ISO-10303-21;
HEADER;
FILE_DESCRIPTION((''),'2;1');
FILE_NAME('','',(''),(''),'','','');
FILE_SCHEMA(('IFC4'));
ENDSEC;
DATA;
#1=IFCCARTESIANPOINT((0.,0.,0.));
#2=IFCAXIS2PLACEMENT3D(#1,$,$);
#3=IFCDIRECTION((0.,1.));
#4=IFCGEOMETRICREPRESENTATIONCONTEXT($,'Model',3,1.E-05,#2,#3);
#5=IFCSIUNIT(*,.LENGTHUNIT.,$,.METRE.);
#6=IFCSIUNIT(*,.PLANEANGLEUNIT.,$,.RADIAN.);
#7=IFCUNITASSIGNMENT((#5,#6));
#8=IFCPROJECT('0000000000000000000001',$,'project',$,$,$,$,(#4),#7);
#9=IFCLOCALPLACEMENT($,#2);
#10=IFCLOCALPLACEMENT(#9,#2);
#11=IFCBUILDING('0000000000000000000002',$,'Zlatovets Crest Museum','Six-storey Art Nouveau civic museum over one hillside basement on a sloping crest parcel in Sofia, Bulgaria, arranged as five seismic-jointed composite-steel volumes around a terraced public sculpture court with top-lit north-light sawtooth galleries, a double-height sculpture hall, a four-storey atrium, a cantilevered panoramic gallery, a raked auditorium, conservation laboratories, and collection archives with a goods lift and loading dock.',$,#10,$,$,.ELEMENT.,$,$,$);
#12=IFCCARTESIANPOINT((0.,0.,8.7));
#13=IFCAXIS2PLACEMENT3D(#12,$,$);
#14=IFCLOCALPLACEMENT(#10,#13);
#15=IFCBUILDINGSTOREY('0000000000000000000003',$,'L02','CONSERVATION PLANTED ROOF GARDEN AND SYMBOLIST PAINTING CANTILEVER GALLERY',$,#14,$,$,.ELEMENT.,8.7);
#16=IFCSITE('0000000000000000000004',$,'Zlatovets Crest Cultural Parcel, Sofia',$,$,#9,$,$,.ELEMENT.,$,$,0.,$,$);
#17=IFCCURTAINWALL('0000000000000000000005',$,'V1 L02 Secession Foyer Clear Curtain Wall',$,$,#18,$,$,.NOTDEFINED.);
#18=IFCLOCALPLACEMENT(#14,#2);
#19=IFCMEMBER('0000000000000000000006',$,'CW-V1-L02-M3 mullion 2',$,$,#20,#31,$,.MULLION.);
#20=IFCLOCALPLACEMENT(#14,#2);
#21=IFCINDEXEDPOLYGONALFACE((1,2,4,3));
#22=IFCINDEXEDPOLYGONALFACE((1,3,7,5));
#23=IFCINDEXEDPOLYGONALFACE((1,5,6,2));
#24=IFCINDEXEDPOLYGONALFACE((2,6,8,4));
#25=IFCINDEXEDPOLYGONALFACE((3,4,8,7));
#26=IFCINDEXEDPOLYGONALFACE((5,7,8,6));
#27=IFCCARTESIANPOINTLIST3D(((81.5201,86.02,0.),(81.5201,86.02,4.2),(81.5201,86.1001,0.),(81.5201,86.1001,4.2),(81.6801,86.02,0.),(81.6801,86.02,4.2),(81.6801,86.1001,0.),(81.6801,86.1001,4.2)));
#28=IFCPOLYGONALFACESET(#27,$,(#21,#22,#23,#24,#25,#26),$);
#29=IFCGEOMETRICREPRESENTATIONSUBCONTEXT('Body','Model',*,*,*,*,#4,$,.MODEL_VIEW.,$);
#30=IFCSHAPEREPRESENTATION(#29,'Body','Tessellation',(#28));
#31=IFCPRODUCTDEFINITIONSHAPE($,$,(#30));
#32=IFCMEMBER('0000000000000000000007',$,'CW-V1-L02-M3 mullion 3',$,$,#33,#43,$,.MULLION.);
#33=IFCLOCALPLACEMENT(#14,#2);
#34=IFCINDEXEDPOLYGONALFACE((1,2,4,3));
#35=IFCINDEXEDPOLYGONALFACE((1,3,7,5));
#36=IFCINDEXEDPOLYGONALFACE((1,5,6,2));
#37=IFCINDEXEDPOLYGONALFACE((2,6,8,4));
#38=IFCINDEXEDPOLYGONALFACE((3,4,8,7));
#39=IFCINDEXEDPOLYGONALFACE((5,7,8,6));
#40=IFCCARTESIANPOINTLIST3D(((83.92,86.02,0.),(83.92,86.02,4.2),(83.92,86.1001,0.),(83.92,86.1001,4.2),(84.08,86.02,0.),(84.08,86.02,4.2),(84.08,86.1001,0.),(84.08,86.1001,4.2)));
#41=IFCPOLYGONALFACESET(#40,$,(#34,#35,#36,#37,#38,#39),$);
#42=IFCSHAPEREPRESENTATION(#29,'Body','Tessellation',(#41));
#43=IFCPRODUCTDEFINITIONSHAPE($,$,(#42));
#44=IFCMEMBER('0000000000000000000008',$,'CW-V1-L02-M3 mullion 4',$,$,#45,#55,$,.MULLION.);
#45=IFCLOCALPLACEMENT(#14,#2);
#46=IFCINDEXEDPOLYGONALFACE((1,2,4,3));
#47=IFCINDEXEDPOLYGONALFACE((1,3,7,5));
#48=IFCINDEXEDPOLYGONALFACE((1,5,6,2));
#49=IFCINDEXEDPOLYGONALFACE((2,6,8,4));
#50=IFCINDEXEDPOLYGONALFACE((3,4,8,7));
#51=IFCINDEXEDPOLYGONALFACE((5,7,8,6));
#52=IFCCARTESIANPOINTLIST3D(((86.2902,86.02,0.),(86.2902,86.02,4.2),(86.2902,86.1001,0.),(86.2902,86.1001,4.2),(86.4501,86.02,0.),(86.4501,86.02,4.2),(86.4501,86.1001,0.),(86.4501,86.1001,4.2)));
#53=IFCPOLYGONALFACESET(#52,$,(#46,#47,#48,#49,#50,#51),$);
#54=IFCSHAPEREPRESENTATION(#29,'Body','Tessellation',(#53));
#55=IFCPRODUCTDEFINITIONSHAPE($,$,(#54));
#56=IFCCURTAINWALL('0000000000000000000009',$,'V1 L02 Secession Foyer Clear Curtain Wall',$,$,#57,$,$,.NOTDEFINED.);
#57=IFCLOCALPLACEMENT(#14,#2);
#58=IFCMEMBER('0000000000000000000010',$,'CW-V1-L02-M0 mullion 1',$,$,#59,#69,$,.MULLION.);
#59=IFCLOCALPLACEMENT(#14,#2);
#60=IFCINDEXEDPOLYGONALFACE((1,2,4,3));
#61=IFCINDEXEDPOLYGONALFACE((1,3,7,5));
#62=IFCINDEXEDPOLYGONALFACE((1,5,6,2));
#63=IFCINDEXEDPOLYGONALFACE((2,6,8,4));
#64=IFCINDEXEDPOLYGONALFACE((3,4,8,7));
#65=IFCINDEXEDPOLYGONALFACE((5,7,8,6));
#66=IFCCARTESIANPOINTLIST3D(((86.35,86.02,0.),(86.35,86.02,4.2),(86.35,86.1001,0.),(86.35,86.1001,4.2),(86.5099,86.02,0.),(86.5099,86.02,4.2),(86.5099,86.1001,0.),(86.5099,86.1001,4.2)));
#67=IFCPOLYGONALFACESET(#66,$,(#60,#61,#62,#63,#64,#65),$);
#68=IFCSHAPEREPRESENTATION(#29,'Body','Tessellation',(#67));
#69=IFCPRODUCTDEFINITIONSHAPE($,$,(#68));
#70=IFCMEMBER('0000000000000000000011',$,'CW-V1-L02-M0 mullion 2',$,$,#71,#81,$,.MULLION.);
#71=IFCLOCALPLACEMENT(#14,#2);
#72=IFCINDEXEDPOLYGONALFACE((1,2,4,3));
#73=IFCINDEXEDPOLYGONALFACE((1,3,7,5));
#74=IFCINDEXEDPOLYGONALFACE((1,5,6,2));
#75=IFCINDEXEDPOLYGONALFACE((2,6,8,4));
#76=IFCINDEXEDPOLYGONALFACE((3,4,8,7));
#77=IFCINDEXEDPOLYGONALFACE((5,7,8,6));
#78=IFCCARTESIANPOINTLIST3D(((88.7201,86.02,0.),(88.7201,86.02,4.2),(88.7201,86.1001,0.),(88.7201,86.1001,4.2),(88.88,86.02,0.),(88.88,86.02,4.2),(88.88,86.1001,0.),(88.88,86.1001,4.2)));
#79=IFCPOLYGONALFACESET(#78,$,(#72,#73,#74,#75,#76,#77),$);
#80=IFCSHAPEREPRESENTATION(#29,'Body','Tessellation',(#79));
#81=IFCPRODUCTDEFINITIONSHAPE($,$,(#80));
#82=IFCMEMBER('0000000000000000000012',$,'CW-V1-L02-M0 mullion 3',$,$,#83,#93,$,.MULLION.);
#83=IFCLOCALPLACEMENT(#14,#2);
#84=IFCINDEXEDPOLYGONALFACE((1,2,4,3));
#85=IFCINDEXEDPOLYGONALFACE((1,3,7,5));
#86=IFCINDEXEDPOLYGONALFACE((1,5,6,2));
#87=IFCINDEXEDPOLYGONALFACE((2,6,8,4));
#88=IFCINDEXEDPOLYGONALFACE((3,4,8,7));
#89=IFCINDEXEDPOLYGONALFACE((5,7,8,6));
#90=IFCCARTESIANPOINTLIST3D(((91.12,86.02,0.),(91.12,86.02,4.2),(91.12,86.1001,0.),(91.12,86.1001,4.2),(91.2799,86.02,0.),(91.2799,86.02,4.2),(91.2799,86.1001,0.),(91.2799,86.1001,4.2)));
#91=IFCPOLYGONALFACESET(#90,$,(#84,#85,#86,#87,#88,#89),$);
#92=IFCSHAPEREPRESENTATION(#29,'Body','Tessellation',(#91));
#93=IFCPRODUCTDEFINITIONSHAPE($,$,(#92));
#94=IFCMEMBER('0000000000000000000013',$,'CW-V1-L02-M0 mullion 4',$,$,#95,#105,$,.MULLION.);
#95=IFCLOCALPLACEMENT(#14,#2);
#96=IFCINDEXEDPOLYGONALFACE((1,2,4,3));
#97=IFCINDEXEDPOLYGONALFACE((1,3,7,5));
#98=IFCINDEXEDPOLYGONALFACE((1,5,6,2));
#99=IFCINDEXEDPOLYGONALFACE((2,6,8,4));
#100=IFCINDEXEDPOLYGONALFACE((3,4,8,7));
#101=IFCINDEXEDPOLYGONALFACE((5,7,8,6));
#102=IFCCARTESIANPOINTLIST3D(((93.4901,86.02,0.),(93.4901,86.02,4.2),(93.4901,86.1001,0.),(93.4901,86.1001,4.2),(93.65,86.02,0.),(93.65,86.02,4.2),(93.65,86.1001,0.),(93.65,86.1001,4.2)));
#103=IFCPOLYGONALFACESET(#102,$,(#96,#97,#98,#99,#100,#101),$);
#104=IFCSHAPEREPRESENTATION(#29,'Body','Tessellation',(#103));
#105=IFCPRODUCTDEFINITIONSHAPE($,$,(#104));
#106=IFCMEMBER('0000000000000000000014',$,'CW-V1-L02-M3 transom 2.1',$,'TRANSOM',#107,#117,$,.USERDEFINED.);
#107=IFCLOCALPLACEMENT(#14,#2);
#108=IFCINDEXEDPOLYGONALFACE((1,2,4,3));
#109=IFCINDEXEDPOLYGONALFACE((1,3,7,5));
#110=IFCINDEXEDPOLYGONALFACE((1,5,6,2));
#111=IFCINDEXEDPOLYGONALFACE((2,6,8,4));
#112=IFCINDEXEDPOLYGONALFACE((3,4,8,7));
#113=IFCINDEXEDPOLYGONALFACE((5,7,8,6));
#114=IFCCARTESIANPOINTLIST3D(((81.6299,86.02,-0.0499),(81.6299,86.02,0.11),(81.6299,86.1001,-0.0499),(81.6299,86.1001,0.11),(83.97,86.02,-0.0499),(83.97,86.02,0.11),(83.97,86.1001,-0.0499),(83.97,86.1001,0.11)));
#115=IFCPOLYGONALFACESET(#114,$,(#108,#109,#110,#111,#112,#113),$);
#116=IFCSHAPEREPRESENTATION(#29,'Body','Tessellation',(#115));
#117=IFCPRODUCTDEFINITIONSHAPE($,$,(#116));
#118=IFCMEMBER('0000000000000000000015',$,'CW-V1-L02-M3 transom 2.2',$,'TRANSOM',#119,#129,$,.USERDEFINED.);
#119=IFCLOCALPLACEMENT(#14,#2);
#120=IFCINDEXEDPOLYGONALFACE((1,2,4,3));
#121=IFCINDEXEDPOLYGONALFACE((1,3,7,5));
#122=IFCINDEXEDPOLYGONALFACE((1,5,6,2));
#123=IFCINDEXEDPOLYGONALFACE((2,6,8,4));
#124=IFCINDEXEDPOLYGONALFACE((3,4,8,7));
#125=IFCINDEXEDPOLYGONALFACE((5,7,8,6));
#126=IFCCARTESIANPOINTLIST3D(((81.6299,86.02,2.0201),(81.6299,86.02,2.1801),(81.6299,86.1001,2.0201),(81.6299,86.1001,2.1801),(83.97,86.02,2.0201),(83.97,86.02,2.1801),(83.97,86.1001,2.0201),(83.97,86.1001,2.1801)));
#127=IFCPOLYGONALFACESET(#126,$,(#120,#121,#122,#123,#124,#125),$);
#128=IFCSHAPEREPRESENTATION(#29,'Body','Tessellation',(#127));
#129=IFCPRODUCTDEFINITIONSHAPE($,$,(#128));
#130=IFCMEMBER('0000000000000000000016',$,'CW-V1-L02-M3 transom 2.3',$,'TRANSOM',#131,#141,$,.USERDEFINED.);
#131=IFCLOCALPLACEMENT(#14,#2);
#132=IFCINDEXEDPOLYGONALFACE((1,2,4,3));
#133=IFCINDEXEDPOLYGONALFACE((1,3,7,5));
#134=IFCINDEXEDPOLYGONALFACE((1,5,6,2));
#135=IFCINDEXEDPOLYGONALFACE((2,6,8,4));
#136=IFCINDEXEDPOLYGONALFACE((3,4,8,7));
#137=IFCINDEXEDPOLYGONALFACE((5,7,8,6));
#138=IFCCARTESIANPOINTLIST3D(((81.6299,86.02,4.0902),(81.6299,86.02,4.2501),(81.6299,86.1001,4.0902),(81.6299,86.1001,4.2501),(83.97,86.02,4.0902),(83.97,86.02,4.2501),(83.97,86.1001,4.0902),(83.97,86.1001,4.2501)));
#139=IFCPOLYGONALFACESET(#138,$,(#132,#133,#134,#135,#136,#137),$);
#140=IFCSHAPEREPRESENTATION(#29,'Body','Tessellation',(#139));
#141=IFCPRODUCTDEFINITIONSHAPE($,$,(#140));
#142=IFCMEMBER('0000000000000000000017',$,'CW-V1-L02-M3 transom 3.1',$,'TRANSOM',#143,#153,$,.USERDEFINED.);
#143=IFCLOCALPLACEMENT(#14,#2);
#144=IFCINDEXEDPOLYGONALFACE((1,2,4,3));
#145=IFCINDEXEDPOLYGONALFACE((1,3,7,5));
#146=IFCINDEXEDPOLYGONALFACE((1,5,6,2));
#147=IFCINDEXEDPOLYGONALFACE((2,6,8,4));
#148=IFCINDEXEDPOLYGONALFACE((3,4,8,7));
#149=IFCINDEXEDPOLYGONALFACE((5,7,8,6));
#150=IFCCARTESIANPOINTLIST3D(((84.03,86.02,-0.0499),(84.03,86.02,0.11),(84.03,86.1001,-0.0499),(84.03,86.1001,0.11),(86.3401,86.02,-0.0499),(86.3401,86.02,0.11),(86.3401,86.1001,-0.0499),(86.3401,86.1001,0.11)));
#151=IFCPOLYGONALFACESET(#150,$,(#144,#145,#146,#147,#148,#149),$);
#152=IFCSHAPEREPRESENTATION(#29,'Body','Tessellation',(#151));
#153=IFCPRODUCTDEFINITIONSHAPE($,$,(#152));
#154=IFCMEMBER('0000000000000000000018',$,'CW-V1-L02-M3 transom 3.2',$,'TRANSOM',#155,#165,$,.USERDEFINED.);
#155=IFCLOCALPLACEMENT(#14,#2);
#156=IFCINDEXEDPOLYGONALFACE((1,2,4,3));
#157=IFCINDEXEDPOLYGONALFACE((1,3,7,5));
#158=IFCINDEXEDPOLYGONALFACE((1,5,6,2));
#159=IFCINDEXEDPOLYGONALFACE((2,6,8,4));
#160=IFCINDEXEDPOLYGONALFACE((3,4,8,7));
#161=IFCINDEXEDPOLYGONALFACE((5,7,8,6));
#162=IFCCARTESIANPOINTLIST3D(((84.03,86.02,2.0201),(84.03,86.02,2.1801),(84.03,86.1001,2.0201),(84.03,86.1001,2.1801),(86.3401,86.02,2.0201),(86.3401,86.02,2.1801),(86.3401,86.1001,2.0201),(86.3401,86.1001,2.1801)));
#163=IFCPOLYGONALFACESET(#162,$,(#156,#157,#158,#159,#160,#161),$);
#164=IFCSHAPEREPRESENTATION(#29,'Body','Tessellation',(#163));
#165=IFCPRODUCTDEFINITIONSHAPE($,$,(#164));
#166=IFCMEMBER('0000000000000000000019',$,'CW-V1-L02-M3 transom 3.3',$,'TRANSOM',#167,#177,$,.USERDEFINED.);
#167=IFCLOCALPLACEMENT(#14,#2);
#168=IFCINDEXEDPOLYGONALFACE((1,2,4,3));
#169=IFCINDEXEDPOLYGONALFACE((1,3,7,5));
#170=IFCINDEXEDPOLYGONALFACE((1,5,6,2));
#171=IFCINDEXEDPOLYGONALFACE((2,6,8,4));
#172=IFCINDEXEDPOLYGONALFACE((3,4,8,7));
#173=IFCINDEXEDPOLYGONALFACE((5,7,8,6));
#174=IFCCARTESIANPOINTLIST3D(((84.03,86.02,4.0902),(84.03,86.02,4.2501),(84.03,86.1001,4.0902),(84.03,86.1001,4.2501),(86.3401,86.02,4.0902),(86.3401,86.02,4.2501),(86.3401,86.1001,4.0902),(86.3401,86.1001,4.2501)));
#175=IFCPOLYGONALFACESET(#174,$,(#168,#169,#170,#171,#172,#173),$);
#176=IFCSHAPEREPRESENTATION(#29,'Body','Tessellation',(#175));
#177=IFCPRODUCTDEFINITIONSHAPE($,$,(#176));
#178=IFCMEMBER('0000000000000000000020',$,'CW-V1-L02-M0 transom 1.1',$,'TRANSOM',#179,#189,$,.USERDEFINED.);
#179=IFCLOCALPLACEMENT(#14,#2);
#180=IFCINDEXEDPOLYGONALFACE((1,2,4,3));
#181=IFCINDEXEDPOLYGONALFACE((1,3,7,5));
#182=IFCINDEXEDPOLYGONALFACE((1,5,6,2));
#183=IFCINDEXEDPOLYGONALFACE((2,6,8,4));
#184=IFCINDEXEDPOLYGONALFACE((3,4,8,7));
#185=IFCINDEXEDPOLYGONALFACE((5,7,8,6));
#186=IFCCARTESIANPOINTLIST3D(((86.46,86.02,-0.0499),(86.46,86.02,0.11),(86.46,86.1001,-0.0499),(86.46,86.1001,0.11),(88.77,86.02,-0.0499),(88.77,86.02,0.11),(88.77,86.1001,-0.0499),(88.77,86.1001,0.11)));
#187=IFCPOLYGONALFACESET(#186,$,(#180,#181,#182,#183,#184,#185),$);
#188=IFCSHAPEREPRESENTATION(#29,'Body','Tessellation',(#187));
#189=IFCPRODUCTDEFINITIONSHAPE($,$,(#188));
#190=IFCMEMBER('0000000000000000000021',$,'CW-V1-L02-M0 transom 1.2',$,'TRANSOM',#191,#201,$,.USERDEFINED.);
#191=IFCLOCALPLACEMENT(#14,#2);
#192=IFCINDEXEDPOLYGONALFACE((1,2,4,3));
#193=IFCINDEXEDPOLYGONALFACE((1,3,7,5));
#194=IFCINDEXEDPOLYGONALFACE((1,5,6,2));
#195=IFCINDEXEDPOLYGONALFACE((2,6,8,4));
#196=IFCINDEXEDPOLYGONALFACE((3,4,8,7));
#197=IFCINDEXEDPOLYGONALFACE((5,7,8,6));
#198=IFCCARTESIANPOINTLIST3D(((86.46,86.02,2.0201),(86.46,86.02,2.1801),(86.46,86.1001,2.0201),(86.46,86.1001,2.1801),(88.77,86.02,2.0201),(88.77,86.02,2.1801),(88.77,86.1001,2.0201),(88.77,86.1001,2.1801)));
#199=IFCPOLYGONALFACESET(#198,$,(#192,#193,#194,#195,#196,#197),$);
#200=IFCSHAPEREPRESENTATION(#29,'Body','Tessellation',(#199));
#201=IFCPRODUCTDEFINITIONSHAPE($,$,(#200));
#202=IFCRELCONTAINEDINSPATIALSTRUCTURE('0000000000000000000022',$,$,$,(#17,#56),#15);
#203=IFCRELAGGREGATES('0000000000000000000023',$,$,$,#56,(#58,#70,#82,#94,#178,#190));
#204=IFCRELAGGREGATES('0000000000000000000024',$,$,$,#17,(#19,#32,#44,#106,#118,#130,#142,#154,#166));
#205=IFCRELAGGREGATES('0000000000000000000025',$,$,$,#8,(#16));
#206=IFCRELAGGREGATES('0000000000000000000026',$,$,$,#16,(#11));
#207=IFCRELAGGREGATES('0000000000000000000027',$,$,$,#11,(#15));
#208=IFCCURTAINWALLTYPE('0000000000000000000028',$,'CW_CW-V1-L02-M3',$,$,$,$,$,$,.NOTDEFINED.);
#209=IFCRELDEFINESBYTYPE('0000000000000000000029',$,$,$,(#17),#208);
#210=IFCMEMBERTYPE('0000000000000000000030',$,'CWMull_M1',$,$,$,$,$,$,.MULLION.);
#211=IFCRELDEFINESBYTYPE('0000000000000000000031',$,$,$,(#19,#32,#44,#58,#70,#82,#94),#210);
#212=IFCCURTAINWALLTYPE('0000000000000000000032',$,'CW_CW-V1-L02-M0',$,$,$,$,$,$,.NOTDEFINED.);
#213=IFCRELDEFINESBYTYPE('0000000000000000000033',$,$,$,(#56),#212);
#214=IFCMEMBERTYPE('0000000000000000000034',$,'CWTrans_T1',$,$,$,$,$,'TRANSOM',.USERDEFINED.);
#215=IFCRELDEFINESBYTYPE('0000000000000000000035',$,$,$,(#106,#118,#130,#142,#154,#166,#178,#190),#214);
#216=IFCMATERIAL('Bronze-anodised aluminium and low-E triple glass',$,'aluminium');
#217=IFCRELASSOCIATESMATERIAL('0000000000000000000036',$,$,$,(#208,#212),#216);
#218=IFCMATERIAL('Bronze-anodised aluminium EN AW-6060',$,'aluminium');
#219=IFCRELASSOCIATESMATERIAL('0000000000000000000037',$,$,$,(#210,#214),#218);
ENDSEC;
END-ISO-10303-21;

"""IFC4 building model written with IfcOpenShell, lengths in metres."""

from ifc_helpers import new_model, si_unit, direction, frame, origin, origin_2d, place, context, subcontext, project, spatial, rectangle, extrude, material, material_profile, profile_set, type_object, element, aggregate, save


model = new_model("IFC4")

# Units and contexts
model_context = context("Model", 3, precision=1e-05, world=origin(), true_north=direction((0.0, 1.0)))
body_context = subcontext(model_context, "Body", "Model", "MODEL_VIEW")
ifc_project = project(units=[si_unit("LENGTHUNIT", "METRE"), si_unit("PLANEANGLEUNIT", "RADIAN")], contexts=[model_context])

# Site, building, storey
site_placement = place(None, origin())
site = spatial("IfcSite", under=ifc_project, at=site_placement, Name="Zlatovets Crest Cultural Parcel, Sofia", CompositionType="ELEMENT", RefElevation=0.0)
building_placement = place(site_placement, origin())
building = spatial("IfcBuilding", under=site, at=building_placement, Name="Zlatovets Crest Museum", Description="Six-storey Art Nouveau civic museum over one hillside basement on a sloping crest parcel in Sofia, Bulgaria, arranged as five seismic-jointed composite-steel volumes around a terraced public sculpture court with top-lit north-light sawtooth galleries, a double-height sculpture hall, a four-storey atrium, a cantilevered panoramic gallery, a raked auditorium, conservation laboratories, and collection archives with a goods lift and loading dock.", CompositionType="ELEMENT")
storey_placement = place(building_placement, frame((0.0, 0.0, 8.7)))
storey = spatial("IfcBuildingStorey", under=building, at=storey_placement, Name="L02", Description="CONSERVATION PLANTED ROOF GARDEN AND SYMBOLIST PAINTING CANTILEVER GALLERY", CompositionType="ELEMENT", Elevation=8.7)

# Curtain walls, members
ifc_material_1 = material(Name="Bronze-anodised aluminium and low-E triple glass", Category="aluminium")
curtain_wall_type_1 = type_object("IfcCurtainWallType", Name="CW_CW-V1-L02-M3", PredefinedType="NOTDEFINED", material=ifc_material_1)
curtain_wall_1_placement = place(storey_placement, origin())
curtain_wall_1 = element("IfcCurtainWall", 1, at=curtain_wall_1_placement, inside=storey, type_object=curtain_wall_type_1, Name="V1 L02 Secession Foyer Clear Curtain Wall", PredefinedType="NOTDEFINED")
ifc_material_2 = material(Name="Bronze-anodised aluminium EN AW-6060", Category="aluminium")
ifc_material_profile_1 = material_profile(ifc_material_2, rectangle(XDim=0.0801, YDim=0.1599, at=origin_2d()), Name="ALU 80x160")
ifc_profile_set_1 = profile_set([ifc_material_profile_1], Name="Bronze-anodised aluminium EN AW-6060")
member_type_1 = type_object("IfcMemberType", Name="CWMull_M1", PredefinedType="MULLION", material=ifc_profile_set_1)
member_1_placement = place(storey_placement, frame((81.6001, 86.0601, 0.0), z_axis=(0.0, 0.0, 1.0), x_axis=(0.0, 1.0, 0.0)))
member_1 = element("IfcMember", 2, at=member_1_placement, type_object=member_type_1, Name="CW-V1-L02-M3 mullion 2", PredefinedType="MULLION", context=body_context, shape_type="SweptSolid", body=[
    extrude(rectangle(XDim=0.0801, YDim=0.1599, at=origin_2d()), origin(), (0.0, 0.0, 1.0), 4.2),
])
member_2_placement = place(storey_placement, frame((84.0, 86.0601, 0.0), z_axis=(0.0, 0.0, 1.0), x_axis=(0.0, 1.0, 0.0)))
member_2 = element("IfcMember", 3, at=member_2_placement, type_object=member_type_1, Name="CW-V1-L02-M3 mullion 3", PredefinedType="MULLION", context=body_context, shape_type="SweptSolid", body=[
    extrude(rectangle(XDim=0.0801, YDim=0.1599, at=origin_2d()), origin(), (0.0, 0.0, 1.0), 4.2),
])
member_3_placement = place(storey_placement, frame((86.3701, 86.0601, 0.0), z_axis=(0.0, 0.0, 1.0), x_axis=(0.0, 1.0, 0.0)))
member_3 = element("IfcMember", 4, at=member_3_placement, type_object=member_type_1, Name="CW-V1-L02-M3 mullion 4", PredefinedType="MULLION", context=body_context, shape_type="SweptSolid", body=[
    extrude(rectangle(XDim=0.0801, YDim=0.1599, at=origin_2d()), origin(), (0.0, 0.0, 1.0), 4.2),
])
curtain_wall_type_2 = type_object("IfcCurtainWallType", Name="CW_CW-V1-L02-M0", PredefinedType="NOTDEFINED", material=ifc_material_1)
curtain_wall_2_placement = place(storey_placement, origin())
curtain_wall_2 = element("IfcCurtainWall", 5, at=curtain_wall_2_placement, inside=storey, type_object=curtain_wall_type_2, Name="V1 L02 Secession Foyer Clear Curtain Wall", PredefinedType="NOTDEFINED")
member_4_placement = place(storey_placement, frame((86.4299, 86.0601, 0.0), z_axis=(0.0, 0.0, 1.0), x_axis=(0.0, 1.0, 0.0)))
member_4 = element("IfcMember", 6, at=member_4_placement, type_object=member_type_1, Name="CW-V1-L02-M0 mullion 1", PredefinedType="MULLION", context=body_context, shape_type="SweptSolid", body=[
    extrude(rectangle(XDim=0.0801, YDim=0.1599, at=origin_2d()), origin(), (0.0, 0.0, 1.0), 4.2),
])
member_5_placement = place(storey_placement, frame((88.8, 86.0601, 0.0), z_axis=(0.0, 0.0, 1.0), x_axis=(0.0, 1.0, 0.0)))
member_5 = element("IfcMember", 7, at=member_5_placement, type_object=member_type_1, Name="CW-V1-L02-M0 mullion 2", PredefinedType="MULLION", context=body_context, shape_type="SweptSolid", body=[
    extrude(rectangle(XDim=0.0801, YDim=0.1599, at=origin_2d()), origin(), (0.0, 0.0, 1.0), 4.2),
])
member_6_placement = place(storey_placement, frame((91.2, 86.0601, 0.0), z_axis=(0.0, 0.0, 1.0), x_axis=(0.0, 1.0, 0.0)))
member_6 = element("IfcMember", 8, at=member_6_placement, type_object=member_type_1, Name="CW-V1-L02-M0 mullion 3", PredefinedType="MULLION", context=body_context, shape_type="SweptSolid", body=[
    extrude(rectangle(XDim=0.0801, YDim=0.1599, at=origin_2d()), origin(), (0.0, 0.0, 1.0), 4.2),
])
member_7_placement = place(storey_placement, frame((93.5701, 86.0601, 0.0), z_axis=(0.0, 0.0, 1.0), x_axis=(0.0, 1.0, 0.0)))
member_7 = element("IfcMember", 9, at=member_7_placement, type_object=member_type_1, Name="CW-V1-L02-M0 mullion 4", PredefinedType="MULLION", context=body_context, shape_type="SweptSolid", body=[
    extrude(rectangle(XDim=0.0801, YDim=0.1599, at=origin_2d()), origin(), (0.0, 0.0, 1.0), 4.2),
])

# Members
ifc_material_profile_2 = material_profile(ifc_material_2, rectangle(XDim=0.0801, YDim=0.1599, at=origin_2d()), Name="ALU 80x160")
ifc_profile_set_2 = profile_set([ifc_material_profile_2], Name="Bronze-anodised aluminium EN AW-6060")
member_type_2 = type_object("IfcMemberType", Name="CWTrans_T1", ElementType="TRANSOM", PredefinedType="USERDEFINED", material=ifc_profile_set_2)
member_8_placement = place(storey_placement, frame((81.6299, 86.0601, 0.03), z_axis=(1.0, 0.0, 0.0), x_axis=(0.0, 1.0, 0.0)))
member_8 = element("IfcMember", 10, at=member_8_placement, type_object=member_type_2, Name="CW-V1-L02-M3 transom 2.1", ObjectType="TRANSOM", PredefinedType="USERDEFINED", context=body_context, shape_type="SweptSolid", body=[
    extrude(rectangle(XDim=0.0801, YDim=0.1599, at=origin_2d()), origin(), (0.0, 0.0, 1.0), 2.3401),
])
member_9_placement = place(storey_placement, frame((81.6299, 86.0601, 2.1001), z_axis=(1.0, 0.0, 0.0), x_axis=(0.0, 1.0, 0.0)))
member_9 = element("IfcMember", 11, at=member_9_placement, type_object=member_type_2, Name="CW-V1-L02-M3 transom 2.2", ObjectType="TRANSOM", PredefinedType="USERDEFINED", context=body_context, shape_type="SweptSolid", body=[
    extrude(rectangle(XDim=0.0801, YDim=0.1599, at=origin_2d()), origin(), (0.0, 0.0, 1.0), 2.3401),
])
member_10_placement = place(storey_placement, frame((81.6299, 86.0601, 4.1702), z_axis=(1.0, 0.0, 0.0), x_axis=(0.0, 1.0, 0.0)))
member_10 = element("IfcMember", 12, at=member_10_placement, type_object=member_type_2, Name="CW-V1-L02-M3 transom 2.3", ObjectType="TRANSOM", PredefinedType="USERDEFINED", context=body_context, shape_type="SweptSolid", body=[
    extrude(rectangle(XDim=0.0801, YDim=0.1599, at=origin_2d()), origin(), (0.0, 0.0, 1.0), 2.3401),
])
member_11_placement = place(storey_placement, frame((84.03, 86.0601, 0.03), z_axis=(1.0, 0.0, 0.0), x_axis=(0.0, 1.0, 0.0)))
member_11 = element("IfcMember", 13, at=member_11_placement, type_object=member_type_2, Name="CW-V1-L02-M3 transom 3.1", ObjectType="TRANSOM", PredefinedType="USERDEFINED", context=body_context, shape_type="SweptSolid", body=[
    extrude(rectangle(XDim=0.0801, YDim=0.1599, at=origin_2d()), origin(), (0.0, 0.0, 1.0), 2.3101),
])
member_12_placement = place(storey_placement, frame((84.03, 86.0601, 2.1001), z_axis=(1.0, 0.0, 0.0), x_axis=(0.0, 1.0, 0.0)))
member_12 = element("IfcMember", 14, at=member_12_placement, type_object=member_type_2, Name="CW-V1-L02-M3 transom 3.2", ObjectType="TRANSOM", PredefinedType="USERDEFINED", context=body_context, shape_type="SweptSolid", body=[
    extrude(rectangle(XDim=0.0801, YDim=0.1599, at=origin_2d()), origin(), (0.0, 0.0, 1.0), 2.3101),
])
member_13_placement = place(storey_placement, frame((84.03, 86.0601, 4.1702), z_axis=(1.0, 0.0, 0.0), x_axis=(0.0, 1.0, 0.0)))
member_13 = element("IfcMember", 15, at=member_13_placement, type_object=member_type_2, Name="CW-V1-L02-M3 transom 3.3", ObjectType="TRANSOM", PredefinedType="USERDEFINED", context=body_context, shape_type="SweptSolid", body=[
    extrude(rectangle(XDim=0.0801, YDim=0.1599, at=origin_2d()), origin(), (0.0, 0.0, 1.0), 2.3101),
])
member_14_placement = place(storey_placement, frame((86.46, 86.0601, 0.03), z_axis=(1.0, 0.0, 0.0), x_axis=(0.0, 1.0, 0.0)))
member_14 = element("IfcMember", 16, at=member_14_placement, type_object=member_type_2, Name="CW-V1-L02-M0 transom 1.1", ObjectType="TRANSOM", PredefinedType="USERDEFINED", context=body_context, shape_type="SweptSolid", body=[
    extrude(rectangle(XDim=0.0801, YDim=0.1599, at=origin_2d()), origin(), (0.0, 0.0, 1.0), 2.3101),
])
member_15_placement = place(storey_placement, frame((86.46, 86.0601, 2.1001), z_axis=(1.0, 0.0, 0.0), x_axis=(0.0, 1.0, 0.0)))
member_15 = element("IfcMember", 17, at=member_15_placement, type_object=member_type_2, Name="CW-V1-L02-M0 transom 1.2", ObjectType="TRANSOM", PredefinedType="USERDEFINED", context=body_context, shape_type="SweptSolid", body=[
    extrude(rectangle(XDim=0.0801, YDim=0.1599, at=origin_2d()), origin(), (0.0, 0.0, 1.0), 2.3101),
])

aggregate(curtain_wall_2, [member_4, member_5, member_6, member_7, member_14, member_15])
aggregate(curtain_wall_1, [member_1, member_2, member_3, member_8, member_9, member_10, member_11, member_12, member_13])

save(model, "model.ifc")
